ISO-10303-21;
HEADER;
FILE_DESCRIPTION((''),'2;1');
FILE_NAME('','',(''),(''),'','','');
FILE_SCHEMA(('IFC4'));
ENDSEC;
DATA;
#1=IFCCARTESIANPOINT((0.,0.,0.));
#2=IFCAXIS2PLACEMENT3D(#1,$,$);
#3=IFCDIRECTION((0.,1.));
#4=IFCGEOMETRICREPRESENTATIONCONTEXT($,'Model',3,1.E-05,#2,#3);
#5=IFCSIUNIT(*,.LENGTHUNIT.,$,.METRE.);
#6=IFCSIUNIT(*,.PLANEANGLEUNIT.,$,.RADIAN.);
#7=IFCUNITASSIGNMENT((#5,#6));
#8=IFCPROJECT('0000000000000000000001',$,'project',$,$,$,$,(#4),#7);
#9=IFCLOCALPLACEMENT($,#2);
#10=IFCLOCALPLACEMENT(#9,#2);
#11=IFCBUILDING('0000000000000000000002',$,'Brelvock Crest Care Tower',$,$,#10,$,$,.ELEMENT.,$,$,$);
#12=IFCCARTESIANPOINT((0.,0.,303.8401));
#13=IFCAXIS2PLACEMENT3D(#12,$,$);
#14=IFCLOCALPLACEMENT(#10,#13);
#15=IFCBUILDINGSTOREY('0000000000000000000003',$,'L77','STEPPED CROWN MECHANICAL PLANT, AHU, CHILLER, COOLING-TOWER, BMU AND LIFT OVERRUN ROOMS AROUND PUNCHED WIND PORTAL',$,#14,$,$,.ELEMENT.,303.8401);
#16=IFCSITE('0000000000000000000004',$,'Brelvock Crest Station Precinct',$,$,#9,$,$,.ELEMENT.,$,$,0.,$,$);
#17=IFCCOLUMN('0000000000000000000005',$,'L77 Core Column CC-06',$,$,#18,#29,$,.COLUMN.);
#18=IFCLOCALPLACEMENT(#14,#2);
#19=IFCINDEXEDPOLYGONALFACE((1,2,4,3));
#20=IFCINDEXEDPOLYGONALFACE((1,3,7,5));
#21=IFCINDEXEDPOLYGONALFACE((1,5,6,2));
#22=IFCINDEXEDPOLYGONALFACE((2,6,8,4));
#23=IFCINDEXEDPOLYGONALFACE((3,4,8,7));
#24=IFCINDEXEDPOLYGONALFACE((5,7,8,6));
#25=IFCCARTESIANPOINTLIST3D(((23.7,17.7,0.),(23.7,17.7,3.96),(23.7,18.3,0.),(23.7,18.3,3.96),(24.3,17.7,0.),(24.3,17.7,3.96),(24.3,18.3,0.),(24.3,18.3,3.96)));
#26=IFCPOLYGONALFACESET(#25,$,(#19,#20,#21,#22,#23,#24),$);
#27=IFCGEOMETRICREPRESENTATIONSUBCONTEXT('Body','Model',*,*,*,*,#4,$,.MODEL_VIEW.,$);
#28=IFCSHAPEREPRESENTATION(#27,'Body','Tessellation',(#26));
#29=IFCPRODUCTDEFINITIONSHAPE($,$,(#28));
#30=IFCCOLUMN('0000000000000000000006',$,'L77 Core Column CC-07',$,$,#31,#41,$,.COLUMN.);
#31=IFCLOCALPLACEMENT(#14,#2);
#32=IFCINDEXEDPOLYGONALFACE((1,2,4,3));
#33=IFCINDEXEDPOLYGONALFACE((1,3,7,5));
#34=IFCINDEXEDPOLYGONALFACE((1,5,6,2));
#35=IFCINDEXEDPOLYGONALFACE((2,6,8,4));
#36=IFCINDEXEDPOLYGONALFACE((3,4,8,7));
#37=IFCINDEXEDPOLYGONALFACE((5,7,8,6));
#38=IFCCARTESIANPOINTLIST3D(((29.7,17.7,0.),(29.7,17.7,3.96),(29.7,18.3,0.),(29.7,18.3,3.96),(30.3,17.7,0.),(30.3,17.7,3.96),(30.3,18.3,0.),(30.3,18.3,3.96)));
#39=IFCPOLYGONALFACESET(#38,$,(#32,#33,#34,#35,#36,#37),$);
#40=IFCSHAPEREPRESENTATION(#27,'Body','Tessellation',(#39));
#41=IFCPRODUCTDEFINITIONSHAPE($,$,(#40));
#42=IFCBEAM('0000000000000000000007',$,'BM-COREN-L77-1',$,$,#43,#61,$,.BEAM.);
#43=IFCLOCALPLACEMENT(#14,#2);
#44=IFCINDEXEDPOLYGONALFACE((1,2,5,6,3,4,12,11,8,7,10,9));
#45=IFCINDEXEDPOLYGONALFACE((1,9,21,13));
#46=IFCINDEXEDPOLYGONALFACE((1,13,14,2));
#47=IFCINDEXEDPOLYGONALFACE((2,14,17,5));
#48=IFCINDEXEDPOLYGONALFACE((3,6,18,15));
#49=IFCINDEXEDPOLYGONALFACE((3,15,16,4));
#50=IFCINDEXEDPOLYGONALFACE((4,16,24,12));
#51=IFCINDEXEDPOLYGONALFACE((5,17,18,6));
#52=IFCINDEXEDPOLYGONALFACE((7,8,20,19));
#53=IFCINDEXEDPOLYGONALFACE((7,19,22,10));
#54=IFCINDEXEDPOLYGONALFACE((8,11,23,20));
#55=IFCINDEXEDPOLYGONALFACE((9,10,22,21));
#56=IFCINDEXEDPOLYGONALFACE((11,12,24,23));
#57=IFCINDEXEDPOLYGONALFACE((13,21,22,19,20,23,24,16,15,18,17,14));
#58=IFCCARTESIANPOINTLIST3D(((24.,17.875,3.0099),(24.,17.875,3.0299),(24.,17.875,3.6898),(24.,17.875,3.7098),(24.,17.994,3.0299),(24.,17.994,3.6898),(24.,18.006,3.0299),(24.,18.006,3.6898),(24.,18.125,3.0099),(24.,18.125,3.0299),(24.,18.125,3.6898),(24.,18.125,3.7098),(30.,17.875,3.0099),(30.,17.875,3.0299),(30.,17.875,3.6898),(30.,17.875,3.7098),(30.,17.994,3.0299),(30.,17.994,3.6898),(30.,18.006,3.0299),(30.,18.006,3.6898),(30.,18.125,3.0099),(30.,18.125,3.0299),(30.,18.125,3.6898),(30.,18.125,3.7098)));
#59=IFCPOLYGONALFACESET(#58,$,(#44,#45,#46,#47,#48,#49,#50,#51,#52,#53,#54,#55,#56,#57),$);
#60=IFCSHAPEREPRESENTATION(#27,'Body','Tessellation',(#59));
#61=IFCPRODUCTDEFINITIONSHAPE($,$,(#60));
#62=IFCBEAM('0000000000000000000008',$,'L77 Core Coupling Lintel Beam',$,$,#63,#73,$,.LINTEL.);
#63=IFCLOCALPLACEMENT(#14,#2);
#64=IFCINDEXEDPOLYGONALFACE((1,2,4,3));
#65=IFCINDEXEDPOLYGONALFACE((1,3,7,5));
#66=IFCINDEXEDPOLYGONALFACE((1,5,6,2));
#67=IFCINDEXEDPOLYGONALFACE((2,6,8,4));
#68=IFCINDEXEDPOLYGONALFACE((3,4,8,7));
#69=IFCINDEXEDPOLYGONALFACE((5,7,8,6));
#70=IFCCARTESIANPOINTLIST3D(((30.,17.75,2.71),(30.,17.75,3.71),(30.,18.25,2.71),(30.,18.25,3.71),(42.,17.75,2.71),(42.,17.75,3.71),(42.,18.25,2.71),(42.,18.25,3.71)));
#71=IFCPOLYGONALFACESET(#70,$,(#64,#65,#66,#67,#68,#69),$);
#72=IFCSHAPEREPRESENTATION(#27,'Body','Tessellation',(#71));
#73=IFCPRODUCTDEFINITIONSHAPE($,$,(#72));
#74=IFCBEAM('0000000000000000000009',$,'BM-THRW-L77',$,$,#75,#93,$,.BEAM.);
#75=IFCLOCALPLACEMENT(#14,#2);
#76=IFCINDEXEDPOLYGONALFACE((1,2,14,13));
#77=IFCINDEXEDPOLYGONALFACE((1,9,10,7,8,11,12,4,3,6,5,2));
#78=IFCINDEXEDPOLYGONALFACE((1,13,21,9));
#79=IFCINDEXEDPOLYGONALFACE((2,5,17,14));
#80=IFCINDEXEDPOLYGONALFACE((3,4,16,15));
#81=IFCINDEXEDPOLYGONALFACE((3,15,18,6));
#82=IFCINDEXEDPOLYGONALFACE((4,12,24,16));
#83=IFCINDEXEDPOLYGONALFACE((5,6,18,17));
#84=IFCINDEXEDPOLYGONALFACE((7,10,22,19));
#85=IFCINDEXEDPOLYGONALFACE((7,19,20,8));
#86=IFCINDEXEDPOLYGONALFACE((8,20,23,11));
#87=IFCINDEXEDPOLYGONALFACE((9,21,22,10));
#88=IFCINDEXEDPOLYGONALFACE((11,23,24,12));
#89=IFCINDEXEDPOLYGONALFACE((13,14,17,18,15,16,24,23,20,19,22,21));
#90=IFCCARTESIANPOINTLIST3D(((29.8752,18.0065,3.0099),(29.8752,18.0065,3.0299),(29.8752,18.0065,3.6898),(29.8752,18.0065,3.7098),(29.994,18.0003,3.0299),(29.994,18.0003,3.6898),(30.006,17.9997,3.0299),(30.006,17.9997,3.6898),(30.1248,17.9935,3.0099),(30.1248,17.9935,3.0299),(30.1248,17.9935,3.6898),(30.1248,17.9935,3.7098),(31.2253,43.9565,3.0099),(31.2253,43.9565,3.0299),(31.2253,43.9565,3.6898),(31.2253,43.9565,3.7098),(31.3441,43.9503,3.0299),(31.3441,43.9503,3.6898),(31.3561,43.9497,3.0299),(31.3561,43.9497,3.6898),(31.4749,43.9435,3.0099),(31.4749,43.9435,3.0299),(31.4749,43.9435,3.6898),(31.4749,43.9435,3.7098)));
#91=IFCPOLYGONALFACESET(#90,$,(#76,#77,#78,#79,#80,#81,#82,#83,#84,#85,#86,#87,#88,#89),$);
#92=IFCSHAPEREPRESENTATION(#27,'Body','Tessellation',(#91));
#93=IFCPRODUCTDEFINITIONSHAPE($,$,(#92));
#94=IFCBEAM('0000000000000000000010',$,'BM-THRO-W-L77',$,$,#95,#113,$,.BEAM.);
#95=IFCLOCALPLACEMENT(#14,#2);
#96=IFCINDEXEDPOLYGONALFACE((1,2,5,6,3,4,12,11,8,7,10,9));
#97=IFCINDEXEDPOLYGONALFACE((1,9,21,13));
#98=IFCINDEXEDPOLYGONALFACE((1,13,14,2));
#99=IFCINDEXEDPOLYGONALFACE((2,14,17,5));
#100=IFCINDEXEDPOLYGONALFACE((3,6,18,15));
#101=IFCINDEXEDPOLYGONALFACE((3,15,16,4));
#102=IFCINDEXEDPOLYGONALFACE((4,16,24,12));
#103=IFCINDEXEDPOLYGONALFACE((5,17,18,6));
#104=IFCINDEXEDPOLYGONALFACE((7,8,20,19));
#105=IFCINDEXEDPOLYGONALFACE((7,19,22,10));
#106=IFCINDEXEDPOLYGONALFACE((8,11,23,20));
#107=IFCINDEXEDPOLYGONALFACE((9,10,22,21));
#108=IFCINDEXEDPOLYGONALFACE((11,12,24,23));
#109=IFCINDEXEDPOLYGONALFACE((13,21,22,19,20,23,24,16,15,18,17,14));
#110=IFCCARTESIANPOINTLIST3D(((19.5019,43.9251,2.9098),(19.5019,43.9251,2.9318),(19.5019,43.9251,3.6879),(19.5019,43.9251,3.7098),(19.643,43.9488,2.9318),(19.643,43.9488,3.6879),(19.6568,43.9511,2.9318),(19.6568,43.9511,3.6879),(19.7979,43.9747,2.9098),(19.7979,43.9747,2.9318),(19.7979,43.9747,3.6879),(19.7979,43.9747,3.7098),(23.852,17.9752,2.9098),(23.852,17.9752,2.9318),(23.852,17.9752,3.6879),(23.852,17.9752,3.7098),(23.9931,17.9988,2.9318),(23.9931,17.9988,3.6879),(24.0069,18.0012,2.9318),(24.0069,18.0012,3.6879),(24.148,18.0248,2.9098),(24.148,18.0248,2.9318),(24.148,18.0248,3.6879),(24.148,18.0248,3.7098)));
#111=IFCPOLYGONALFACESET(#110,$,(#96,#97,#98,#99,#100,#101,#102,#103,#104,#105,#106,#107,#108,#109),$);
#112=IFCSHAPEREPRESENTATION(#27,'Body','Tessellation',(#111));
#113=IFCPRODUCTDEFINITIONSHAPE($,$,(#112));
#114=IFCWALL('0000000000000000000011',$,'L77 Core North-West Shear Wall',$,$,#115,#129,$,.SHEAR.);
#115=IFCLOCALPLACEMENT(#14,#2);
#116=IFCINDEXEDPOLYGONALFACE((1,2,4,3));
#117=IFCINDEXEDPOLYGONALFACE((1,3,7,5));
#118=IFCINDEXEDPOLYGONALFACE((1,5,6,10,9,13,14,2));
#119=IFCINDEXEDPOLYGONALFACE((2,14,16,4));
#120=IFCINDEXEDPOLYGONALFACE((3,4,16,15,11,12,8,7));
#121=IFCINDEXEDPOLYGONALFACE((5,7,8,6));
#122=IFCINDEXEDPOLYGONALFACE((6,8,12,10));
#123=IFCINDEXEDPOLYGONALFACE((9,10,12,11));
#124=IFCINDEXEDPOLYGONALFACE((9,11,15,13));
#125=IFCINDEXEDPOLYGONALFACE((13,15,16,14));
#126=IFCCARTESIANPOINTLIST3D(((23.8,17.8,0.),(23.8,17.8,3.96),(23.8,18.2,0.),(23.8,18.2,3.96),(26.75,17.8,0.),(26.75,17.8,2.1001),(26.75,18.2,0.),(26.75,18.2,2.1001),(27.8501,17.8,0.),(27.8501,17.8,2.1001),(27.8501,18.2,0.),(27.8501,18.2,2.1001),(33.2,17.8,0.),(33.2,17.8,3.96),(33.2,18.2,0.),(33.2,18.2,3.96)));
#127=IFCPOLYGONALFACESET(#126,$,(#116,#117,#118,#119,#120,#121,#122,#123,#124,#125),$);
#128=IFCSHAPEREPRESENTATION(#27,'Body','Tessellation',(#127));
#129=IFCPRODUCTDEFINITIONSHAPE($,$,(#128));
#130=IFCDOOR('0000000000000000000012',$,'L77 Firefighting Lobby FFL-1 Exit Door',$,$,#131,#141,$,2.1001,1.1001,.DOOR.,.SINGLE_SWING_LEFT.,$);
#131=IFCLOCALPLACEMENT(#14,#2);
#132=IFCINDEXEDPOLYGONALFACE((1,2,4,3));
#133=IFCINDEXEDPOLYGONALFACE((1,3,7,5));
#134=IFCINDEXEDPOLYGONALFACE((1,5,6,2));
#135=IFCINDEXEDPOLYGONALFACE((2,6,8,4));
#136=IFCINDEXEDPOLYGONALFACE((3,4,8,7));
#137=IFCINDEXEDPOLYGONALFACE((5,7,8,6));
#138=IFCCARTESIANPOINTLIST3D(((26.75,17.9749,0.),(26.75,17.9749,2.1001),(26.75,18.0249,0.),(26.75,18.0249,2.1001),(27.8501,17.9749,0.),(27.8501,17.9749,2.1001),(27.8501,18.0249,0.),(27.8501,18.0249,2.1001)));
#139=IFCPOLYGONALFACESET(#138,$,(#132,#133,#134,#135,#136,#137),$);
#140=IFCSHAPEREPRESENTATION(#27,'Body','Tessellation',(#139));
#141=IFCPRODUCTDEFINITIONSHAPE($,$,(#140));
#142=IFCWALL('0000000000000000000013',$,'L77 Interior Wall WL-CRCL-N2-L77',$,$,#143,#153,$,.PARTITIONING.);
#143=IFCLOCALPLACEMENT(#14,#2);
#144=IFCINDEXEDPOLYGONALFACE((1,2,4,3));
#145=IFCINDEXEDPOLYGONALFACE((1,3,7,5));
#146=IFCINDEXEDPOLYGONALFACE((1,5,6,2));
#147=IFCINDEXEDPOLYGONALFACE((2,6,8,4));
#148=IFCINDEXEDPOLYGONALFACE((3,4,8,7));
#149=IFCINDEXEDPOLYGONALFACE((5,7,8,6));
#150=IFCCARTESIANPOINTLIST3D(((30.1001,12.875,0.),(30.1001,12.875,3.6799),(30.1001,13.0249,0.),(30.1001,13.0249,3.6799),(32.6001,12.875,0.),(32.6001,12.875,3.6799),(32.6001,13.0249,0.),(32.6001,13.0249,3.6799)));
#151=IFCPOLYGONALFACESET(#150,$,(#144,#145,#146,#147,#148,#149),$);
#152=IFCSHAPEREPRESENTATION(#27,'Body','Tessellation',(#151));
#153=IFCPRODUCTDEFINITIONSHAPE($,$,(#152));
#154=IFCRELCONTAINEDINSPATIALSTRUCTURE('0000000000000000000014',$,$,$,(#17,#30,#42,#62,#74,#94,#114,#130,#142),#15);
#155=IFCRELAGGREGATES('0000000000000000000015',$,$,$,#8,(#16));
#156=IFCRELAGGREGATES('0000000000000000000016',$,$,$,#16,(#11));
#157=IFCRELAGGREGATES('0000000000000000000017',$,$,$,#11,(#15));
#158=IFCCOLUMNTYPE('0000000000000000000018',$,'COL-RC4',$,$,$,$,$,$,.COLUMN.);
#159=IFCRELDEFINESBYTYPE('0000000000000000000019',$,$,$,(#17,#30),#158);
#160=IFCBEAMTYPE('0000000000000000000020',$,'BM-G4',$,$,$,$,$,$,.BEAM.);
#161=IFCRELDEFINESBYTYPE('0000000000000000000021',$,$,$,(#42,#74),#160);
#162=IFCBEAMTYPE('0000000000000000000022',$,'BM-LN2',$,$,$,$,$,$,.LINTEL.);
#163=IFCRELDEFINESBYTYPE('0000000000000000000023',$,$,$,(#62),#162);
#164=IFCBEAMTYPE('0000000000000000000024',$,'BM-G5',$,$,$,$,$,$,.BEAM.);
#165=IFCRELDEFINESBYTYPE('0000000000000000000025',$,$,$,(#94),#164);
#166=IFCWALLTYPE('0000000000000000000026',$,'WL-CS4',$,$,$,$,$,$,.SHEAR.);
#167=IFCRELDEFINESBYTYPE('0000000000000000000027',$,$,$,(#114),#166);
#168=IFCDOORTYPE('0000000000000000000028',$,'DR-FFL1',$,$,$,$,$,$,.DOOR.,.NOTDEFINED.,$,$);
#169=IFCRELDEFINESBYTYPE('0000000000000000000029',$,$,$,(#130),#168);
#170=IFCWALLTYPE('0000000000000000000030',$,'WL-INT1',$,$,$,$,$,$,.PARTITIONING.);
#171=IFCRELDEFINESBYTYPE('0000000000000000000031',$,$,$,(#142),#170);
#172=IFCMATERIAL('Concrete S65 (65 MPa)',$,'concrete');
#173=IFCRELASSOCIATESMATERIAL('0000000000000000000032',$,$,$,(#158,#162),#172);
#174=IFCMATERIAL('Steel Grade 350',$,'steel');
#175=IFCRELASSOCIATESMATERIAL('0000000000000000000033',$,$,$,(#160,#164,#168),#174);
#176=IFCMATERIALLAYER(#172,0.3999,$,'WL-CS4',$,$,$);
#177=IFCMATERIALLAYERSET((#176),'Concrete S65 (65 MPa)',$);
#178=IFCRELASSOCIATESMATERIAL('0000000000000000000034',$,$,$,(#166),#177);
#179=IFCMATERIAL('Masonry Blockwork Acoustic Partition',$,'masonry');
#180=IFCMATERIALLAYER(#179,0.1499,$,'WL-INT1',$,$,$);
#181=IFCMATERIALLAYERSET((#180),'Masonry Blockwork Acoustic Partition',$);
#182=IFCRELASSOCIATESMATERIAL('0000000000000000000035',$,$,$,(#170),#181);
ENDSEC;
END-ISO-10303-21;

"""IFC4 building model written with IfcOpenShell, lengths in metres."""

from ifc_helpers import new_model, si_unit, direction, frame, frame_2d, origin, origin_2d, place, context, subcontext, project, spatial, rectangle, i_section, extrude, source, transform, mapped, material, layer, layer_set, material_profile, profile_set, type_object, element, fill, save


model = new_model("IFC4")

# Units and contexts
model_context = context("Model", 3, precision=1e-05, world=origin(), true_north=direction((0.0, 1.0)))
body_context = subcontext(model_context, "Body", "Model", "MODEL_VIEW")
ifc_project = project(units=[si_unit("LENGTHUNIT", "METRE"), si_unit("PLANEANGLEUNIT", "RADIAN")], contexts=[model_context])

# Site, building, storey
site_placement = place(None, origin())
site = spatial("IfcSite", under=ifc_project, at=site_placement, Name="Brelvock Crest Station Precinct", CompositionType="ELEMENT", RefElevation=0.0)
building_placement = place(site_placement, origin())
building = spatial("IfcBuilding", under=site, at=building_placement, Name="Brelvock Crest Care Tower", CompositionType="ELEMENT")
storey_placement = place(building_placement, frame((0.0, 0.0, 303.8401)))
storey = spatial("IfcBuildingStorey", under=building, at=storey_placement, Name="L77", Description="STEPPED CROWN MECHANICAL PLANT, AHU, CHILLER, COOLING-TOWER, BMU AND LIFT OVERRUN ROOMS AROUND PUNCHED WIND PORTAL", CompositionType="ELEMENT", Elevation=303.8401)

# Columns
ifc_material_1 = material(Name="Concrete S65 (65 MPa)", Category="concrete")
ifc_material_profile_1 = material_profile(ifc_material_1, rectangle(XDim=0.6001, YDim=0.6001, at=origin_2d()), Name="RC600x600")
ifc_profile_set_1 = profile_set([ifc_material_profile_1], Name="Concrete S65 (65 MPa)")
column_type = type_object("IfcColumnType", Name="COL-RC4", PredefinedType="COLUMN", material=ifc_profile_set_1)
shared_shape_1 = source(origin(), body_context, "Body", "SweptSolid", [
    extrude(rectangle(XDim=0.6001, YDim=0.6001, at=origin_2d()), origin(), (0.0, 0.0, 1.0), 3.96),
])
for number, where, z_axis, x_axis, name in (
    (1, (24.0, 18.0, 0.0), (0.0, 0.0, 1.0), (1.0, 0.0, 0.0), "L77 Core Column CC-06"),
    (2, (30.0, 18.0, 0.0), (0.0, 0.0, 1.0), (1.0, 0.0, 0.0), "L77 Core Column CC-07"),
):
    element("IfcColumn", number, at=place(storey_placement, frame(where, z_axis=z_axis, x_axis=x_axis)), inside=storey, type_object=column_type, Name=name, PredefinedType="COLUMN", context=body_context, shape_type="MappedRepresentation", body=[
        mapped(shared_shape_1, transform((0.0, 0.0, 0.0), x_axis=(1.0, 0.0, 0.0), y_axis=(0.0, 1.0, 0.0), z_axis=(0.0, 0.0, 1.0), scale=1.0)),
    ])

# Beams
ifc_material_2 = material(Name="Steel Grade 350", Category="steel")
ifc_material_profile_2 = material_profile(ifc_material_2, i_section(OverallWidth=0.25, OverallDepth=0.7, WebThickness=0.012, FlangeThickness=0.02, at=origin_2d()), Name="700WB150")
ifc_profile_set_2 = profile_set([ifc_material_profile_2], Name="Steel Grade 350")
beam_type_1 = type_object("IfcBeamType", Name="BM-G4", PredefinedType="BEAM", material=ifc_profile_set_2)
shared_shape_2 = source(origin(), body_context, "Body", "SweptSolid", [
    extrude(i_section(OverallWidth=0.25, OverallDepth=0.7, WebThickness=0.012, FlangeThickness=0.02, at=origin_2d()), origin(), (0.0, 0.0, 1.0), 6.0),
])
beam_1_placement = place(storey_placement, frame((24.0, 18.0, 3.3599), z_axis=(1.0, 0.0, 0.0), x_axis=(0.0, 1.0, 0.0)))
element("IfcBeam", 3, at=beam_1_placement, inside=storey, type_object=beam_type_1, Name="BM-COREN-L77-1", PredefinedType="BEAM", context=body_context, shape_type="MappedRepresentation", body=[
    mapped(shared_shape_2, transform((0.0, 0.0, 0.0), x_axis=(1.0, 0.0, 0.0), y_axis=(0.0, 1.0, 0.0), z_axis=(0.0, 0.0, 1.0), scale=1.0)),
])
ifc_material_profile_3 = material_profile(ifc_material_1, rectangle(XDim=0.5, YDim=1.0, at=origin_2d()), Name="RC500x1000")
ifc_profile_set_3 = profile_set([ifc_material_profile_3], Name="Concrete S65 (65 MPa)")
beam_type_2 = type_object("IfcBeamType", Name="BM-LN2", PredefinedType="LINTEL", material=ifc_profile_set_3)
shared_shape_3 = source(origin(), body_context, "Body", "SweptSolid", [
    extrude(rectangle(XDim=0.5, YDim=1.0, at=origin_2d()), origin(), (0.0, 0.0, 1.0), 12.0),
])
beam_2_placement = place(storey_placement, frame((30.0, 18.0, 3.21), z_axis=(1.0, 0.0, 0.0), x_axis=(0.0, 1.0, 0.0)))
element("IfcBeam", 4, at=beam_2_placement, inside=storey, type_object=beam_type_2, Name="L77 Core Coupling Lintel Beam", PredefinedType="LINTEL", context=body_context, shape_type="MappedRepresentation", body=[
    mapped(shared_shape_3, transform((0.0, 0.0, 0.0), x_axis=(1.0, 0.0, 0.0), y_axis=(0.0, 1.0, 0.0), z_axis=(0.0, 0.0, 1.0), scale=1.0)),
])
shared_shape_4 = source(origin(), body_context, "Body", "SweptSolid", [
    extrude(i_section(OverallWidth=0.25, OverallDepth=0.7, WebThickness=0.012, FlangeThickness=0.02, at=origin_2d()), origin(), (0.0, 0.0, 1.0), 25.9851),
])
beam_3_placement = place(storey_placement, frame((30.0, 18.0, 3.3599), z_axis=(0.051957, 0.998649, 0.0), x_axis=(-0.998649, 0.051957, 0.0)))
element("IfcBeam", 5, at=beam_3_placement, inside=storey, type_object=beam_type_1, Name="BM-THRW-L77", PredefinedType="BEAM", context=body_context, shape_type="MappedRepresentation", body=[
    mapped(shared_shape_4, transform((0.0, 0.0, 0.0), x_axis=(1.0, 0.0, 0.0), y_axis=(0.0, 1.0, 0.0), z_axis=(0.0, 0.0, 1.0), scale=1.0)),
])
ifc_material_profile_4 = material_profile(ifc_material_2, i_section(OverallWidth=0.3, OverallDepth=0.8, WebThickness=0.0139, FlangeThickness=0.022, at=origin_2d()), Name="800WB192")
ifc_profile_set_4 = profile_set([ifc_material_profile_4], Name="Steel Grade 350")
beam_type_3 = type_object("IfcBeamType", Name="BM-G5", PredefinedType="BEAM", material=ifc_profile_set_4)
shared_shape_5 = source(origin(), body_context, "Body", "SweptSolid", [
    extrude(i_section(OverallWidth=0.3, OverallDepth=0.8, WebThickness=0.0139, FlangeThickness=0.022, at=origin_2d()), origin(), (0.0, 0.0, 1.0), 26.312),
])
beam_4_placement = place(storey_placement, frame((24.0, 18.0, 3.3098), z_axis=(-0.165327, 0.986239, 0.0), x_axis=(-0.986239, -0.165327, 0.0)))
element("IfcBeam", 6, at=beam_4_placement, inside=storey, type_object=beam_type_3, Name="BM-THRO-W-L77", PredefinedType="BEAM", context=body_context, shape_type="MappedRepresentation", body=[
    mapped(shared_shape_5, transform((0.0, 0.0, 0.0), x_axis=(1.0, 0.0, 0.0), y_axis=(0.0, 1.0, 0.0), z_axis=(0.0, 0.0, 1.0), scale=1.0)),
])

# Wall, opening, door
ifc_layer_1 = layer(ifc_material_1, 0.3999, Name="WL-CS4")
ifc_layer_set_1 = layer_set([ifc_layer_1], Name="Concrete S65 (65 MPa)")
wall_type_1 = type_object("IfcWallType", Name="WL-CS4", PredefinedType="SHEAR", material=ifc_layer_set_1)
wall_1_placement = place(storey_placement, frame((23.8, 18.0, 0.0), z_axis=(0.0, 0.0, 1.0), x_axis=(1.0, 0.0, 0.0)))
wall_1 = element("IfcWall", 7, at=wall_1_placement, inside=storey, type_object=wall_type_1, Name="L77 Core North-West Shear Wall", PredefinedType="SHEAR", context=body_context, shape_type="SweptSolid", body=[
    extrude(rectangle(XDim=9.3999, YDim=0.3999, at=frame_2d((4.7, 0.0))), origin(), (0.0, 0.0, 1.0), 3.96),
])
opening_1_placement = place(wall_1_placement, frame((2.95, 0.0, 0.0)))
opening_1 = element("IfcOpeningElement", 8, at=opening_1_placement, cuts=wall_1, PredefinedType="OPENING", context=body_context, shape_type="SweptSolid", body=[
    extrude(rectangle(XDim=1.1001, YDim=2.1001, at=origin_2d()), frame((0.55, 0.21, 1.05), z_axis=(0.0, -1.0, 0.0), x_axis=(1.0, 0.0, 0.0)), (0.0, 0.0, 1.0), 0.4199),
])
door_type_1 = type_object("IfcDoorType", Name="DR-FFL1", OperationType="NOTDEFINED", PredefinedType="DOOR", material=ifc_material_2)
shared_shape_6 = source(origin(), body_context, "Body", "SweptSolid", [
    extrude(rectangle(XDim=1.1001, YDim=2.1001, at=origin_2d()), frame((0.55, 0.0249, 1.05), z_axis=(0.0, -1.0, 0.0), x_axis=(1.0, 0.0, 0.0)), (0.0, 0.0, 1.0), 0.05),
])
door_1_placement = place(opening_1_placement, origin())
door_1 = element("IfcDoor", 9, at=door_1_placement, inside=storey, type_object=door_type_1, Name="L77 Firefighting Lobby FFL-1 Exit Door", OperationType="SINGLE_SWING_LEFT", OverallHeight=2.1001, OverallWidth=1.1001, PredefinedType="DOOR", context=body_context, shape_type="MappedRepresentation", body=[
    mapped(shared_shape_6, transform((0.0, 0.0, 0.0), x_axis=(1.0, 0.0, 0.0), y_axis=(0.0, 1.0, 0.0), z_axis=(0.0, 0.0, 1.0), scale=1.0)),
])
fill(opening_1, door_1)

# Wall
ifc_material_3 = material(Name="Masonry Blockwork Acoustic Partition", Category="masonry")
ifc_layer_2 = layer(ifc_material_3, 0.1499, Name="WL-INT1")
ifc_layer_set_2 = layer_set([ifc_layer_2], Name="Masonry Blockwork Acoustic Partition")
wall_type_2 = type_object("IfcWallType", Name="WL-INT1", PredefinedType="PARTITIONING", material=ifc_layer_set_2)
wall_2_placement = place(storey_placement, frame((30.1001, 12.95, 0.0), z_axis=(0.0, 0.0, 1.0), x_axis=(1.0, 0.0, 0.0)))
element("IfcWall", 10, at=wall_2_placement, inside=storey, type_object=wall_type_2, Name="L77 Interior Wall WL-CRCL-N2-L77", PredefinedType="PARTITIONING", context=body_context, shape_type="SweptSolid", body=[
    extrude(rectangle(XDim=2.5, YDim=0.1499, at=frame_2d((1.25, 0.0))), origin(), (0.0, 0.0, 1.0), 3.6799),
])

save(model, "model.ifc")
